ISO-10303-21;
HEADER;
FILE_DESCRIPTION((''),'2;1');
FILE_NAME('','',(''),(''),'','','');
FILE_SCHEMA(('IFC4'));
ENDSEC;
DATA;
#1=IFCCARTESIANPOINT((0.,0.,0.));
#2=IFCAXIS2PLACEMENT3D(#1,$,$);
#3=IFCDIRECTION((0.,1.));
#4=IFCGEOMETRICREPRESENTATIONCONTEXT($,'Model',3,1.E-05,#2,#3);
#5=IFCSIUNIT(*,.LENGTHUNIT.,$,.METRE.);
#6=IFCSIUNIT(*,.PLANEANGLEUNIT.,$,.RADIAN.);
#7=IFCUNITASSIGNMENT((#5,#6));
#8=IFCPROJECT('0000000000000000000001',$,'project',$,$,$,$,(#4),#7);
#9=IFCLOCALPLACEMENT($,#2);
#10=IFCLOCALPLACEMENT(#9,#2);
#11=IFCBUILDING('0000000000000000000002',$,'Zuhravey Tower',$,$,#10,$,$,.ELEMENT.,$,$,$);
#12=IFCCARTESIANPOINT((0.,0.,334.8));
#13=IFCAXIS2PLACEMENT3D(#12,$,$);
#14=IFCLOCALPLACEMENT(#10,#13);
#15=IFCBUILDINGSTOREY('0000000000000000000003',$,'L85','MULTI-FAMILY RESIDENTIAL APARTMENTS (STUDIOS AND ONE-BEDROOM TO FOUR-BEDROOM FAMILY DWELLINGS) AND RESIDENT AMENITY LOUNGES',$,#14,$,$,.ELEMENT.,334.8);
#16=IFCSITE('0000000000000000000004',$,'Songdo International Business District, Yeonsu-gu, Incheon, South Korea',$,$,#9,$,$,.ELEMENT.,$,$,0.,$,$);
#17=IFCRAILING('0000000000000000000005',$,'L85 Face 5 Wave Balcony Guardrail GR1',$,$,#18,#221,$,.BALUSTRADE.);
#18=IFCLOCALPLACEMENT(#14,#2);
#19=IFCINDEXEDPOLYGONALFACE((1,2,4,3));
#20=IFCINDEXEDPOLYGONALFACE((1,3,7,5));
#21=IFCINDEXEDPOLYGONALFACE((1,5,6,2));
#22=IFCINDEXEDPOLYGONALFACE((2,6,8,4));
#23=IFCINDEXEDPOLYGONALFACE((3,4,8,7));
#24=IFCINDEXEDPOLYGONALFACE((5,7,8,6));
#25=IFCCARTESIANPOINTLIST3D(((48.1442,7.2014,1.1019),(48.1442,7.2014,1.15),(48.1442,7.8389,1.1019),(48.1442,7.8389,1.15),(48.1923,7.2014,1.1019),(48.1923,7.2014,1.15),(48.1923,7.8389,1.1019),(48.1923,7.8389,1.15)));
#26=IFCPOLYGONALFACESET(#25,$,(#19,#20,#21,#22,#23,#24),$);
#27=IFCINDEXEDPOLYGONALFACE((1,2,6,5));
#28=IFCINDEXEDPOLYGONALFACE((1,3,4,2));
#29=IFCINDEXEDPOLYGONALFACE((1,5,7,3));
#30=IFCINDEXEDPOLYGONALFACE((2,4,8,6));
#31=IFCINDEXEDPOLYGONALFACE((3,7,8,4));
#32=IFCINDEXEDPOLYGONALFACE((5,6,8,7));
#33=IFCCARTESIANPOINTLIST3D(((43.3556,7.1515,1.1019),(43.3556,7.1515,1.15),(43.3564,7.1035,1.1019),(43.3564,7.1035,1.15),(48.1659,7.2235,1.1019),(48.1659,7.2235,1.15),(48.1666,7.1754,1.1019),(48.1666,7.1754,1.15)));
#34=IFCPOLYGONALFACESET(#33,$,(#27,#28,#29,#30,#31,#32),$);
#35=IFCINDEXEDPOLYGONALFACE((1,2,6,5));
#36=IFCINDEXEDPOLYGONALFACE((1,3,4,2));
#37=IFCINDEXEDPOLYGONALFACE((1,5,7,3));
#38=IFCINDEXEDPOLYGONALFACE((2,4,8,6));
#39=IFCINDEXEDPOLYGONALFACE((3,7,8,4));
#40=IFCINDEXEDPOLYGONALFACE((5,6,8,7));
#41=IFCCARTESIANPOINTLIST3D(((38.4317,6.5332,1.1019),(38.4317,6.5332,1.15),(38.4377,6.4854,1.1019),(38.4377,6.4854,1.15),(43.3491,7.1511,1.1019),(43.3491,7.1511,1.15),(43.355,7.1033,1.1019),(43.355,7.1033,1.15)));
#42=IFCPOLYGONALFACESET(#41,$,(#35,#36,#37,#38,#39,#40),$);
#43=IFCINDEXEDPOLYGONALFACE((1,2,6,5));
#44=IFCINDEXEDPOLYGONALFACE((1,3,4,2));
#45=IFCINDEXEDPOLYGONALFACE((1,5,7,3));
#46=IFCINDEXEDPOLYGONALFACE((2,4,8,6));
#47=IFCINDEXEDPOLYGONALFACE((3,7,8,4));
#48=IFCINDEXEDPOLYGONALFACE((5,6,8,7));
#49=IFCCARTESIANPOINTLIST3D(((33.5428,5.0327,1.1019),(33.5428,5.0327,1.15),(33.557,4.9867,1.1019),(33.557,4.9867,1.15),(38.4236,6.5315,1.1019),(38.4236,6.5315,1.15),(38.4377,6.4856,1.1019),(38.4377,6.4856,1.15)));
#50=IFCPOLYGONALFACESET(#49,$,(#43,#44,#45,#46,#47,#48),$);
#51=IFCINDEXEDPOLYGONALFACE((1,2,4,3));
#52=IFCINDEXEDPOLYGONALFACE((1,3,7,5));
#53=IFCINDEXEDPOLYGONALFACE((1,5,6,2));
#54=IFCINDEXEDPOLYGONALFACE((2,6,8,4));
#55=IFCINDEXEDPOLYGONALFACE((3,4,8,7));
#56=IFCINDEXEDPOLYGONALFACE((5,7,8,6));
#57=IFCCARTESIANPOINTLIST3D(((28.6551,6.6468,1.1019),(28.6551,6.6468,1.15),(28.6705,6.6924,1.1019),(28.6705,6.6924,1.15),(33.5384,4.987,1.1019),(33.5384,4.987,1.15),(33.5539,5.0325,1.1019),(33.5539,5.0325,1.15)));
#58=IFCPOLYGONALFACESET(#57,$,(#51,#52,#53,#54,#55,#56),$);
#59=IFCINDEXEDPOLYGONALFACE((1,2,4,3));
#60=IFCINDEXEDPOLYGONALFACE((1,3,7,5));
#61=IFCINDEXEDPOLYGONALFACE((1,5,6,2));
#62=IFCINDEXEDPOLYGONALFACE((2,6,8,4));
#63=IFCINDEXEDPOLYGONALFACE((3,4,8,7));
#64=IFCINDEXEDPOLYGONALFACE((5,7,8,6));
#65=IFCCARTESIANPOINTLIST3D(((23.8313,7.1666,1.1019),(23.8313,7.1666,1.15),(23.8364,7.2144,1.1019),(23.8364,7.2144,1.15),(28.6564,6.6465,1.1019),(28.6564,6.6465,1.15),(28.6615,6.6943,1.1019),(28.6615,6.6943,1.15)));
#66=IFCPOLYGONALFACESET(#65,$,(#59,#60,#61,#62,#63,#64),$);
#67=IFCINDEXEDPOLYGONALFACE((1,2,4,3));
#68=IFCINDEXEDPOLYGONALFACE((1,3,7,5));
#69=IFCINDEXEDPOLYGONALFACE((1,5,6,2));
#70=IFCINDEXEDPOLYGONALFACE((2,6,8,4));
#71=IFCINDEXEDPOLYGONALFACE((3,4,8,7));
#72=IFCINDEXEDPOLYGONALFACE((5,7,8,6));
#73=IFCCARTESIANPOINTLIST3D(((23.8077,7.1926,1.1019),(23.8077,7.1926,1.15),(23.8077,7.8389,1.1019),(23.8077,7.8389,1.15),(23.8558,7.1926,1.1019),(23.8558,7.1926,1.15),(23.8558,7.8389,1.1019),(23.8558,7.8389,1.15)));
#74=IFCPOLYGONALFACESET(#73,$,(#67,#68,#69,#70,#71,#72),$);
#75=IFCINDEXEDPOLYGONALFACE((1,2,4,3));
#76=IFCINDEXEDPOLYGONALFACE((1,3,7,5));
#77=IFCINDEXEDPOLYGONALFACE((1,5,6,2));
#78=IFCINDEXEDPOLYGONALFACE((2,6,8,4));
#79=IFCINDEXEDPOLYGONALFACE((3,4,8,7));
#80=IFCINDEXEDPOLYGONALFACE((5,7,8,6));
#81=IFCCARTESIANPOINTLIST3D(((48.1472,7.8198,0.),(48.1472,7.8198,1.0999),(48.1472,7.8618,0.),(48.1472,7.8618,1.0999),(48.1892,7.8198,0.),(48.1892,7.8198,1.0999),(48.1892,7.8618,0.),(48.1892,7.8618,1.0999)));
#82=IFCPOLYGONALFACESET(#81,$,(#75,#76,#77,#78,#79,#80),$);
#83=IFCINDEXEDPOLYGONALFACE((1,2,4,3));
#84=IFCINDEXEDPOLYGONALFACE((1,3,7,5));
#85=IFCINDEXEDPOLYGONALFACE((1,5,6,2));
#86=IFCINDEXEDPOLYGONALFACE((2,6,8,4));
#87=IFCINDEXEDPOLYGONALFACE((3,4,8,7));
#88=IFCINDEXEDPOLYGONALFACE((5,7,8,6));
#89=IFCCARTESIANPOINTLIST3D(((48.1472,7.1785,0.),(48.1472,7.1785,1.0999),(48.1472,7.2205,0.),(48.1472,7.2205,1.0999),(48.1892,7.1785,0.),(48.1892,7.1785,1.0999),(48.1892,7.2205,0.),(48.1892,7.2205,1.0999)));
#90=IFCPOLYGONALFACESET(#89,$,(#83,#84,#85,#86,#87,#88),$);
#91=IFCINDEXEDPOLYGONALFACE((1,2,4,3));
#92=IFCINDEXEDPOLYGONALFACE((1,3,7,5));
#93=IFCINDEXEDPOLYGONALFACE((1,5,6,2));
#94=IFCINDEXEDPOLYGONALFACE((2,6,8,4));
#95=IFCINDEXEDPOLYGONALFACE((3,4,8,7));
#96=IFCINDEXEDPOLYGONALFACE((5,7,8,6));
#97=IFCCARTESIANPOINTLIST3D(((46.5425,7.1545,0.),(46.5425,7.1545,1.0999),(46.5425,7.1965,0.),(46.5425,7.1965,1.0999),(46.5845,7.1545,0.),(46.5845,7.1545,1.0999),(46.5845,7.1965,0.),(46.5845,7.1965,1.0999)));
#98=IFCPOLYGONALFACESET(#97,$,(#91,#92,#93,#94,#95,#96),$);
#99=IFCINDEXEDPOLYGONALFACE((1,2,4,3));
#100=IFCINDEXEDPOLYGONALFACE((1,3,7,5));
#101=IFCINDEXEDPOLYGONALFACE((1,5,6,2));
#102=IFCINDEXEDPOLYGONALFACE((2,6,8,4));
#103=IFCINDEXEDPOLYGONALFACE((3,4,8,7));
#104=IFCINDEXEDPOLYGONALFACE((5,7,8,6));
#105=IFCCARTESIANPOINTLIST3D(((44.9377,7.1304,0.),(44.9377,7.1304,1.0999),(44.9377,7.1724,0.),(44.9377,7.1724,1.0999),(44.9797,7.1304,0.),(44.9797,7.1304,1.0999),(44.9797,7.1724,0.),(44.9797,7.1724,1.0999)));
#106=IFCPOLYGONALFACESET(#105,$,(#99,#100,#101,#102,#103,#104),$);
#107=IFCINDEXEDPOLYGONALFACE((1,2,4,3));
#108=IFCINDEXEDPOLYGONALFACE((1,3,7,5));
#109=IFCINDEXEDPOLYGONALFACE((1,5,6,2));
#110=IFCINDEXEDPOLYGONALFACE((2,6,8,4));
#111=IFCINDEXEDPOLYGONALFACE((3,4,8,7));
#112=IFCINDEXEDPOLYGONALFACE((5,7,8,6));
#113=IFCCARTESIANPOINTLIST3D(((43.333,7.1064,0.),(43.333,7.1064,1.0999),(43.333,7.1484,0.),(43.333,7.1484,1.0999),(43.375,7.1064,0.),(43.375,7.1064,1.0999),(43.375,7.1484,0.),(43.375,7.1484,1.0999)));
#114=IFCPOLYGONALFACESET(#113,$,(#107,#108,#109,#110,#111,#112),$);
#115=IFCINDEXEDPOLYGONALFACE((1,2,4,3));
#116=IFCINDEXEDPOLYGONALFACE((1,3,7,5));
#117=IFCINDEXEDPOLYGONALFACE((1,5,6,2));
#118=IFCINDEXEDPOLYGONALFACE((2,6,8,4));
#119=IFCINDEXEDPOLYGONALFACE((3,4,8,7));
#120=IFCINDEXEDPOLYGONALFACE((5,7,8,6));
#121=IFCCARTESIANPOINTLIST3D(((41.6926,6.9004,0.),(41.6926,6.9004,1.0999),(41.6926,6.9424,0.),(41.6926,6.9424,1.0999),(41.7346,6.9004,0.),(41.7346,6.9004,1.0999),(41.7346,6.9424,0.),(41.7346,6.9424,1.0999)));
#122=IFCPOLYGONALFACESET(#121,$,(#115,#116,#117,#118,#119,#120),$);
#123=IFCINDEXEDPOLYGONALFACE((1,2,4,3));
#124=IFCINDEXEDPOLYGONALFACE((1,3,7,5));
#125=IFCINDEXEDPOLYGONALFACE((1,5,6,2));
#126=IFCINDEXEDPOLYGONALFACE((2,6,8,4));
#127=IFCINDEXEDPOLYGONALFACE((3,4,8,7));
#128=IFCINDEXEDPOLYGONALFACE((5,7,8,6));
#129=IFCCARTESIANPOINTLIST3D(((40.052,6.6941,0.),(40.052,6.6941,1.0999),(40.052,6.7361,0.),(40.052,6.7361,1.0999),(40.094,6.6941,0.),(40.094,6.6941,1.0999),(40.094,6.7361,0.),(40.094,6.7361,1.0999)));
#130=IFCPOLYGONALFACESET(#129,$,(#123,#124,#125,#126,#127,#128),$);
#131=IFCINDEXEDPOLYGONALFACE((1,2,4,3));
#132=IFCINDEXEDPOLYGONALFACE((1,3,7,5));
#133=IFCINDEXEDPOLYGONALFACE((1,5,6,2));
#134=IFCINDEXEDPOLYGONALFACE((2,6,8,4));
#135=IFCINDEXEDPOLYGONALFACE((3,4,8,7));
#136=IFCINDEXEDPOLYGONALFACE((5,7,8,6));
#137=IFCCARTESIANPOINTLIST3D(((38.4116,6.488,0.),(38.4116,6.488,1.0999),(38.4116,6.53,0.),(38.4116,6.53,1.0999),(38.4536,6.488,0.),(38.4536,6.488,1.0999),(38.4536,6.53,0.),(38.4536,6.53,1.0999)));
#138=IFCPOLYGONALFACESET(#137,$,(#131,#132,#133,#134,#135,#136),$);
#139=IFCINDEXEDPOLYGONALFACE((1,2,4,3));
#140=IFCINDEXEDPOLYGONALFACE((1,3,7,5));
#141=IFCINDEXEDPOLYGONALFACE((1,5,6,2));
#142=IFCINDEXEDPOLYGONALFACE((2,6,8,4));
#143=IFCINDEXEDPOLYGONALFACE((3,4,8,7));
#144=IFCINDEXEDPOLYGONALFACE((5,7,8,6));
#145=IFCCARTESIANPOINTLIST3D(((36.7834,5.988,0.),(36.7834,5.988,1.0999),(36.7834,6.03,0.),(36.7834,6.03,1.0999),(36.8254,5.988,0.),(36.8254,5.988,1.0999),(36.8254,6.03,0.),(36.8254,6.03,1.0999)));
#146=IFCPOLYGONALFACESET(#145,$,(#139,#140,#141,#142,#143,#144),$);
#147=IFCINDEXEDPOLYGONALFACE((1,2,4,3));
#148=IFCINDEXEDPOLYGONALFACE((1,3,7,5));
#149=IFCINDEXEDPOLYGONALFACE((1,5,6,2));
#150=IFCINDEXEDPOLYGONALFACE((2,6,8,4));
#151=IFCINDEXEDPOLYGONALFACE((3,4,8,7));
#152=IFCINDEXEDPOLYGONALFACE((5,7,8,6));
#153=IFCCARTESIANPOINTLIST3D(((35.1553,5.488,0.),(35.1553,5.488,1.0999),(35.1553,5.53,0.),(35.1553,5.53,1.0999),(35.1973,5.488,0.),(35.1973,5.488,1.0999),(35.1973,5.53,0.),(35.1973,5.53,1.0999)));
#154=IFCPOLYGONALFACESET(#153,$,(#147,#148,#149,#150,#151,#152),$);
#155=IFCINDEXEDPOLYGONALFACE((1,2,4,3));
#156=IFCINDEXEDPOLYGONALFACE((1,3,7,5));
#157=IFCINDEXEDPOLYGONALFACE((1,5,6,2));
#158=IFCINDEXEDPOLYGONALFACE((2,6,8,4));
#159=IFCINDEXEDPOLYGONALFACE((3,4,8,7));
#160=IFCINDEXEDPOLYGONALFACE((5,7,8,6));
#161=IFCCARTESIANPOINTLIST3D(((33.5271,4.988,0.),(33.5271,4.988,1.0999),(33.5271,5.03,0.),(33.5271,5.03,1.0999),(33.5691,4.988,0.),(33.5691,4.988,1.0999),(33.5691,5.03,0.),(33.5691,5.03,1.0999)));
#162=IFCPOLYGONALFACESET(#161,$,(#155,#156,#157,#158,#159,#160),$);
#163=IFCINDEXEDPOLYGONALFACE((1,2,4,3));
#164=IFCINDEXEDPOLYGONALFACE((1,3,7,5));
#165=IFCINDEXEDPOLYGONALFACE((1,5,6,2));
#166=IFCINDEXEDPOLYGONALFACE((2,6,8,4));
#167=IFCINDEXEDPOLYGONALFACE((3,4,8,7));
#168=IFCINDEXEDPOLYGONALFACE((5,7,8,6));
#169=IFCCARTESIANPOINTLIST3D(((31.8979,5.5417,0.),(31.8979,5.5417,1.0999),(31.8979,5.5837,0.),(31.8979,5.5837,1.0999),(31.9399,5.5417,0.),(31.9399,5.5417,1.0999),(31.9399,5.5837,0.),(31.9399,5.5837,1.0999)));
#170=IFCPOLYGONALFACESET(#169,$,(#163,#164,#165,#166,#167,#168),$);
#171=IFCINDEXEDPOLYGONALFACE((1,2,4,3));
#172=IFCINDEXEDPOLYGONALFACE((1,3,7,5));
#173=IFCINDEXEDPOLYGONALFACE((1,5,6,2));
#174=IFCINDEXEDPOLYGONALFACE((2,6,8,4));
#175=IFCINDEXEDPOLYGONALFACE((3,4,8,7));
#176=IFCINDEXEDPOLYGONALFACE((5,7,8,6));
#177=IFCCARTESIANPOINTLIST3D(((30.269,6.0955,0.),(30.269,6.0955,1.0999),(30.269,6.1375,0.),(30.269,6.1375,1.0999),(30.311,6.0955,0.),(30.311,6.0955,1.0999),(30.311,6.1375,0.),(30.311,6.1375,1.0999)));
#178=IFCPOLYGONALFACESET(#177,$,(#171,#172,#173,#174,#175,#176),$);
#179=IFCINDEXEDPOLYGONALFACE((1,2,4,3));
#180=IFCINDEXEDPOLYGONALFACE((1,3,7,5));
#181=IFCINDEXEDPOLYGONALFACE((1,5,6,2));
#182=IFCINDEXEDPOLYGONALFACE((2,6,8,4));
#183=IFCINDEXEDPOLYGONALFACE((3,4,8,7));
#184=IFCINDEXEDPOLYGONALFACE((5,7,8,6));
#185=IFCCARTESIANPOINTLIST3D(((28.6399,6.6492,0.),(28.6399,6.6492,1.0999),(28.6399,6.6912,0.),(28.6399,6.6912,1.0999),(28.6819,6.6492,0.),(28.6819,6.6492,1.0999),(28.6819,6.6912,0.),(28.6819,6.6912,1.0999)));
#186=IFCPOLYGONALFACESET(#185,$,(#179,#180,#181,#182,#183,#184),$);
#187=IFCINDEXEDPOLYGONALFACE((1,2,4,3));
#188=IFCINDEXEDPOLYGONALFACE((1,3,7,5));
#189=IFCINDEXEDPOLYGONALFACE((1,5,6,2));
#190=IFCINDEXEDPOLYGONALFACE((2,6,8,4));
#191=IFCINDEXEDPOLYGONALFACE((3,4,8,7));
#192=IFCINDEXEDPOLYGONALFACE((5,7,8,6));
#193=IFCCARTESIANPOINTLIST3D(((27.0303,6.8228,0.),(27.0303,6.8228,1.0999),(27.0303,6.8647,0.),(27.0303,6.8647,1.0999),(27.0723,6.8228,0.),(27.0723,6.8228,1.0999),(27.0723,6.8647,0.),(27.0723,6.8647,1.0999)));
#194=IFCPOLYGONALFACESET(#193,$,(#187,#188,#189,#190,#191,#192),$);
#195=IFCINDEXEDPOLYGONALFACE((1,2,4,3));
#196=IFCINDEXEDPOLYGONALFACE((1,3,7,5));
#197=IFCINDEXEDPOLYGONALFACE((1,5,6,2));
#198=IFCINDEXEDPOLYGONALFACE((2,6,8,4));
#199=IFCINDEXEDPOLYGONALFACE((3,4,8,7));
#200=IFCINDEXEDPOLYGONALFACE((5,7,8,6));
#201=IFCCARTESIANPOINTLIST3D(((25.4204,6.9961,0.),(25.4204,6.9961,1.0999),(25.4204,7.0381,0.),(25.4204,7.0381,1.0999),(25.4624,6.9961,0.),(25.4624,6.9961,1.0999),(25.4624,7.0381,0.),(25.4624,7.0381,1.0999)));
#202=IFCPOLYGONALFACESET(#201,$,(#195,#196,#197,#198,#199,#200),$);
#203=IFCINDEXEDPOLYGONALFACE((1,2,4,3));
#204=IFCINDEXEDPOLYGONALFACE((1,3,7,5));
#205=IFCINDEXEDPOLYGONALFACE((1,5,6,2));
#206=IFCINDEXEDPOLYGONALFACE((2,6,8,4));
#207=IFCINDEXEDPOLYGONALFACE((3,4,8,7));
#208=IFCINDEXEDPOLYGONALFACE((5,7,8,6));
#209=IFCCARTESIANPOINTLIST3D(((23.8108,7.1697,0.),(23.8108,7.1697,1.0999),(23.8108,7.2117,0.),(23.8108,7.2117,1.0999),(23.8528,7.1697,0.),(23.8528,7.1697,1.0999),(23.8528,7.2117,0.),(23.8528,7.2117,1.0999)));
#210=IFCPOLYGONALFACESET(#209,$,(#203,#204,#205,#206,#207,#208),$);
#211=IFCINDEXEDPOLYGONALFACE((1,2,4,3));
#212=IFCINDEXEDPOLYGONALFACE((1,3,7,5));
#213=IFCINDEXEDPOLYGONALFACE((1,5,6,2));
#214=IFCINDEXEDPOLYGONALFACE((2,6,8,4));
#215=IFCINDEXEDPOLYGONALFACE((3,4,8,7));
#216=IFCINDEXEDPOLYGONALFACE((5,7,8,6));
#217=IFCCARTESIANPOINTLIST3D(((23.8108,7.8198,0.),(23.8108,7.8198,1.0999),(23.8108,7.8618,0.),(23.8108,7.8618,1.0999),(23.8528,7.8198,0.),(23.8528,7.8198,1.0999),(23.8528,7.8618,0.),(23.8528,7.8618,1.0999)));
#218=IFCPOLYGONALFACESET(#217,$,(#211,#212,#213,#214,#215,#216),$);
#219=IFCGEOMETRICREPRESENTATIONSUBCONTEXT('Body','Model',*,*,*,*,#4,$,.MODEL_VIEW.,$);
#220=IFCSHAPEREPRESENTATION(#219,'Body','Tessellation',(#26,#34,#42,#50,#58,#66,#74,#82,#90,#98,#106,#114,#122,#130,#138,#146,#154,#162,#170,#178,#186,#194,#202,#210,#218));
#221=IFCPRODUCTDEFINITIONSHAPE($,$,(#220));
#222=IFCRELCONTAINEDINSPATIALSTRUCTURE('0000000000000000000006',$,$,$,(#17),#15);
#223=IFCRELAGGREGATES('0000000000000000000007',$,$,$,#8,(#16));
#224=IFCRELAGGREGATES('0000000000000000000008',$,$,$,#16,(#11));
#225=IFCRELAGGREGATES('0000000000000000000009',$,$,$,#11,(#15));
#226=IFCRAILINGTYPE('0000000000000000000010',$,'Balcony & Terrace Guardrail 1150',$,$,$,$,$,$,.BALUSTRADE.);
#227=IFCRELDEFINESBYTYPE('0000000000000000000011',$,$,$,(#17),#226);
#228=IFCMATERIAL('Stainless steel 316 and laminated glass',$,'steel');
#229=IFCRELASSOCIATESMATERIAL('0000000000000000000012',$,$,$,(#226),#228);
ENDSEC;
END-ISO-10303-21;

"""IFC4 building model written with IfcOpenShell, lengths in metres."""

from ifc_helpers import new_model, si_unit, direction, frame, origin, origin_2d, place, context, subcontext, project, spatial, rectangle, extrude, material, type_object, element, save


model = new_model("IFC4")

# Units and contexts
model_context = context("Model", 3, precision=1e-05, world=origin(), true_north=direction((0.0, 1.0)))
body_context = subcontext(model_context, "Body", "Model", "MODEL_VIEW")
ifc_project = project(units=[si_unit("LENGTHUNIT", "METRE"), si_unit("PLANEANGLEUNIT", "RADIAN")], contexts=[model_context])

# Site, building, storey
site_placement = place(None, origin())
site = spatial("IfcSite", under=ifc_project, at=site_placement, Name="Songdo International Business District, Yeonsu-gu, Incheon, South Korea", CompositionType="ELEMENT", RefElevation=0.0)
building_placement = place(site_placement, origin())
building = spatial("IfcBuilding", under=site, at=building_placement, Name="Zuhravey Tower", CompositionType="ELEMENT")
storey_placement = place(building_placement, frame((0.0, 0.0, 334.8)))
storey = spatial("IfcBuildingStorey", under=building, at=storey_placement, Name="L85", Description="MULTI-FAMILY RESIDENTIAL APARTMENTS (STUDIOS AND ONE-BEDROOM TO FOUR-BEDROOM FAMILY DWELLINGS) AND RESIDENT AMENITY LOUNGES", CompositionType="ELEMENT", Elevation=334.8)

# Railing
ifc_material_1 = material(Name="Stainless steel 316 and laminated glass", Category="steel")
railing_type = type_object("IfcRailingType", Name="Balcony & Terrace Guardrail 1150", PredefinedType="BALUSTRADE", material=ifc_material_1)
railing_placement = place(storey_placement, frame((48.1682, 7.8408, 0.0)))
element("IfcRailing", 1, at=railing_placement, inside=storey, type_object=railing_type, Name="L85 Face 5 Wave Balcony Guardrail GR1", PredefinedType="BALUSTRADE", context=body_context, shape_type="SweptSolid", body=[
    extrude(rectangle(XDim=0.0481, YDim=0.0481, at=origin_2d()), frame((0.0, -0.002, 1.126), z_axis=(0.0, -1.0, 0.0), x_axis=(1.0, 0.0, 0.0)), (0.0, 0.0, 1.0), 0.6375),
    extrude(rectangle(XDim=0.0481, YDim=0.0481, at=origin_2d()), frame((-0.002, -0.6414, 1.126), z_axis=(-0.999888, -0.014959, 0.0), x_axis=(0.014959, -0.999888, 0.0)), (0.0, 0.0, 1.0), 4.8108),
    extrude(rectangle(XDim=0.0481, YDim=0.0481, at=origin_2d()), frame((-4.8162, -0.7136, 1.126), z_axis=(-0.992197, -0.124677, 0.0), x_axis=(0.124677, -0.992197, 0.0)), (0.0, 0.0, 1.0), 4.9561),
    extrude(rectangle(XDim=0.0481, YDim=0.0481, at=origin_2d()), frame((-9.7375, -1.3323, 1.126), z_axis=(-0.95594, -0.293562, 0.0), x_axis=(0.293562, -0.95594, 0.0)), (0.0, 0.0, 1.0), 5.1057),
    extrude(rectangle(XDim=0.0481, YDim=0.0481, at=origin_2d()), frame((-14.6221, -2.8311, 1.126), z_axis=(-0.946803, 0.321813, 0.0), x_axis=(-0.321813, -0.946803, 0.0)), (0.0, 0.0, 1.0), 5.1577),
    extrude(rectangle(XDim=0.0481, YDim=0.0481, at=origin_2d()), frame((-19.5093, -1.1704, 1.126), z_axis=(-0.994241, 0.107165, 0.0), x_axis=(-0.107165, -0.994241, 0.0)), (0.0, 0.0, 1.0), 4.853),
    extrude(rectangle(XDim=0.0481, YDim=0.0481, at=origin_2d()), frame((-24.3364, -0.6482, 1.126), z_axis=(0.0, 1.0, 0.0), x_axis=(-1.0, 0.0, 0.0)), (0.0, 0.0, 1.0), 0.6462),
    extrude(rectangle(XDim=0.042, YDim=0.042, at=origin_2d()), origin(), (0.0, 0.0, 1.0), 1.0999),
    extrude(rectangle(XDim=0.042, YDim=0.042, at=origin_2d()), frame((0.0, -0.6414, 0.0)), (0.0, 0.0, 1.0), 1.0999),
    extrude(rectangle(XDim=0.042, YDim=0.042, at=origin_2d()), frame((-1.6047, -0.6653, 0.0)), (0.0, 0.0, 1.0), 1.0999),
    extrude(rectangle(XDim=0.042, YDim=0.042, at=origin_2d()), frame((-3.2095, -0.6895, 0.0)), (0.0, 0.0, 1.0), 1.0999),
    extrude(rectangle(XDim=0.042, YDim=0.042, at=origin_2d()), frame((-4.8142, -0.7134, 0.0)), (0.0, 0.0, 1.0), 1.0999),
    extrude(rectangle(XDim=0.042, YDim=0.042, at=origin_2d()), frame((-6.4546, -0.9194, 0.0)), (0.0, 0.0, 1.0), 1.0999),
    extrude(rectangle(XDim=0.042, YDim=0.042, at=origin_2d()), frame((-8.0952, -1.1257, 0.0)), (0.0, 0.0, 1.0), 1.0999),
    extrude(rectangle(XDim=0.042, YDim=0.042, at=origin_2d()), frame((-9.7356, -1.3318, 0.0)), (0.0, 0.0, 1.0), 1.0999),
    extrude(rectangle(XDim=0.042, YDim=0.042, at=origin_2d()), frame((-11.3638, -1.8318, 0.0)), (0.0, 0.0, 1.0), 1.0999),
    extrude(rectangle(XDim=0.042, YDim=0.042, at=origin_2d()), frame((-12.9919, -2.3318, 0.0)), (0.0, 0.0, 1.0), 1.0999),
    extrude(rectangle(XDim=0.042, YDim=0.042, at=origin_2d()), frame((-14.6201, -2.8318, 0.0)), (0.0, 0.0, 1.0), 1.0999),
    extrude(rectangle(XDim=0.042, YDim=0.042, at=origin_2d()), frame((-16.2493, -2.2781, 0.0)), (0.0, 0.0, 1.0), 1.0999),
    extrude(rectangle(XDim=0.042, YDim=0.042, at=origin_2d()), frame((-17.8782, -1.7244, 0.0)), (0.0, 0.0, 1.0), 1.0999),
    extrude(rectangle(XDim=0.042, YDim=0.042, at=origin_2d()), frame((-19.5073, -1.1707, 0.0)), (0.0, 0.0, 1.0), 1.0999),
    extrude(rectangle(XDim=0.042, YDim=0.042, at=origin_2d()), frame((-21.1169, -0.9971, 0.0)), (0.0, 0.0, 1.0), 1.0999),
    extrude(rectangle(XDim=0.042, YDim=0.042, at=origin_2d()), frame((-22.7268, -0.8237, 0.0)), (0.0, 0.0, 1.0), 1.0999),
    extrude(rectangle(XDim=0.042, YDim=0.042, at=origin_2d()), frame((-24.3364, -0.6501, 0.0)), (0.0, 0.0, 1.0), 1.0999),
    extrude(rectangle(XDim=0.042, YDim=0.042, at=origin_2d()), frame((-24.3364, 0.0, 0.0)), (0.0, 0.0, 1.0), 1.0999),
])

save(model, "model.ifc")
